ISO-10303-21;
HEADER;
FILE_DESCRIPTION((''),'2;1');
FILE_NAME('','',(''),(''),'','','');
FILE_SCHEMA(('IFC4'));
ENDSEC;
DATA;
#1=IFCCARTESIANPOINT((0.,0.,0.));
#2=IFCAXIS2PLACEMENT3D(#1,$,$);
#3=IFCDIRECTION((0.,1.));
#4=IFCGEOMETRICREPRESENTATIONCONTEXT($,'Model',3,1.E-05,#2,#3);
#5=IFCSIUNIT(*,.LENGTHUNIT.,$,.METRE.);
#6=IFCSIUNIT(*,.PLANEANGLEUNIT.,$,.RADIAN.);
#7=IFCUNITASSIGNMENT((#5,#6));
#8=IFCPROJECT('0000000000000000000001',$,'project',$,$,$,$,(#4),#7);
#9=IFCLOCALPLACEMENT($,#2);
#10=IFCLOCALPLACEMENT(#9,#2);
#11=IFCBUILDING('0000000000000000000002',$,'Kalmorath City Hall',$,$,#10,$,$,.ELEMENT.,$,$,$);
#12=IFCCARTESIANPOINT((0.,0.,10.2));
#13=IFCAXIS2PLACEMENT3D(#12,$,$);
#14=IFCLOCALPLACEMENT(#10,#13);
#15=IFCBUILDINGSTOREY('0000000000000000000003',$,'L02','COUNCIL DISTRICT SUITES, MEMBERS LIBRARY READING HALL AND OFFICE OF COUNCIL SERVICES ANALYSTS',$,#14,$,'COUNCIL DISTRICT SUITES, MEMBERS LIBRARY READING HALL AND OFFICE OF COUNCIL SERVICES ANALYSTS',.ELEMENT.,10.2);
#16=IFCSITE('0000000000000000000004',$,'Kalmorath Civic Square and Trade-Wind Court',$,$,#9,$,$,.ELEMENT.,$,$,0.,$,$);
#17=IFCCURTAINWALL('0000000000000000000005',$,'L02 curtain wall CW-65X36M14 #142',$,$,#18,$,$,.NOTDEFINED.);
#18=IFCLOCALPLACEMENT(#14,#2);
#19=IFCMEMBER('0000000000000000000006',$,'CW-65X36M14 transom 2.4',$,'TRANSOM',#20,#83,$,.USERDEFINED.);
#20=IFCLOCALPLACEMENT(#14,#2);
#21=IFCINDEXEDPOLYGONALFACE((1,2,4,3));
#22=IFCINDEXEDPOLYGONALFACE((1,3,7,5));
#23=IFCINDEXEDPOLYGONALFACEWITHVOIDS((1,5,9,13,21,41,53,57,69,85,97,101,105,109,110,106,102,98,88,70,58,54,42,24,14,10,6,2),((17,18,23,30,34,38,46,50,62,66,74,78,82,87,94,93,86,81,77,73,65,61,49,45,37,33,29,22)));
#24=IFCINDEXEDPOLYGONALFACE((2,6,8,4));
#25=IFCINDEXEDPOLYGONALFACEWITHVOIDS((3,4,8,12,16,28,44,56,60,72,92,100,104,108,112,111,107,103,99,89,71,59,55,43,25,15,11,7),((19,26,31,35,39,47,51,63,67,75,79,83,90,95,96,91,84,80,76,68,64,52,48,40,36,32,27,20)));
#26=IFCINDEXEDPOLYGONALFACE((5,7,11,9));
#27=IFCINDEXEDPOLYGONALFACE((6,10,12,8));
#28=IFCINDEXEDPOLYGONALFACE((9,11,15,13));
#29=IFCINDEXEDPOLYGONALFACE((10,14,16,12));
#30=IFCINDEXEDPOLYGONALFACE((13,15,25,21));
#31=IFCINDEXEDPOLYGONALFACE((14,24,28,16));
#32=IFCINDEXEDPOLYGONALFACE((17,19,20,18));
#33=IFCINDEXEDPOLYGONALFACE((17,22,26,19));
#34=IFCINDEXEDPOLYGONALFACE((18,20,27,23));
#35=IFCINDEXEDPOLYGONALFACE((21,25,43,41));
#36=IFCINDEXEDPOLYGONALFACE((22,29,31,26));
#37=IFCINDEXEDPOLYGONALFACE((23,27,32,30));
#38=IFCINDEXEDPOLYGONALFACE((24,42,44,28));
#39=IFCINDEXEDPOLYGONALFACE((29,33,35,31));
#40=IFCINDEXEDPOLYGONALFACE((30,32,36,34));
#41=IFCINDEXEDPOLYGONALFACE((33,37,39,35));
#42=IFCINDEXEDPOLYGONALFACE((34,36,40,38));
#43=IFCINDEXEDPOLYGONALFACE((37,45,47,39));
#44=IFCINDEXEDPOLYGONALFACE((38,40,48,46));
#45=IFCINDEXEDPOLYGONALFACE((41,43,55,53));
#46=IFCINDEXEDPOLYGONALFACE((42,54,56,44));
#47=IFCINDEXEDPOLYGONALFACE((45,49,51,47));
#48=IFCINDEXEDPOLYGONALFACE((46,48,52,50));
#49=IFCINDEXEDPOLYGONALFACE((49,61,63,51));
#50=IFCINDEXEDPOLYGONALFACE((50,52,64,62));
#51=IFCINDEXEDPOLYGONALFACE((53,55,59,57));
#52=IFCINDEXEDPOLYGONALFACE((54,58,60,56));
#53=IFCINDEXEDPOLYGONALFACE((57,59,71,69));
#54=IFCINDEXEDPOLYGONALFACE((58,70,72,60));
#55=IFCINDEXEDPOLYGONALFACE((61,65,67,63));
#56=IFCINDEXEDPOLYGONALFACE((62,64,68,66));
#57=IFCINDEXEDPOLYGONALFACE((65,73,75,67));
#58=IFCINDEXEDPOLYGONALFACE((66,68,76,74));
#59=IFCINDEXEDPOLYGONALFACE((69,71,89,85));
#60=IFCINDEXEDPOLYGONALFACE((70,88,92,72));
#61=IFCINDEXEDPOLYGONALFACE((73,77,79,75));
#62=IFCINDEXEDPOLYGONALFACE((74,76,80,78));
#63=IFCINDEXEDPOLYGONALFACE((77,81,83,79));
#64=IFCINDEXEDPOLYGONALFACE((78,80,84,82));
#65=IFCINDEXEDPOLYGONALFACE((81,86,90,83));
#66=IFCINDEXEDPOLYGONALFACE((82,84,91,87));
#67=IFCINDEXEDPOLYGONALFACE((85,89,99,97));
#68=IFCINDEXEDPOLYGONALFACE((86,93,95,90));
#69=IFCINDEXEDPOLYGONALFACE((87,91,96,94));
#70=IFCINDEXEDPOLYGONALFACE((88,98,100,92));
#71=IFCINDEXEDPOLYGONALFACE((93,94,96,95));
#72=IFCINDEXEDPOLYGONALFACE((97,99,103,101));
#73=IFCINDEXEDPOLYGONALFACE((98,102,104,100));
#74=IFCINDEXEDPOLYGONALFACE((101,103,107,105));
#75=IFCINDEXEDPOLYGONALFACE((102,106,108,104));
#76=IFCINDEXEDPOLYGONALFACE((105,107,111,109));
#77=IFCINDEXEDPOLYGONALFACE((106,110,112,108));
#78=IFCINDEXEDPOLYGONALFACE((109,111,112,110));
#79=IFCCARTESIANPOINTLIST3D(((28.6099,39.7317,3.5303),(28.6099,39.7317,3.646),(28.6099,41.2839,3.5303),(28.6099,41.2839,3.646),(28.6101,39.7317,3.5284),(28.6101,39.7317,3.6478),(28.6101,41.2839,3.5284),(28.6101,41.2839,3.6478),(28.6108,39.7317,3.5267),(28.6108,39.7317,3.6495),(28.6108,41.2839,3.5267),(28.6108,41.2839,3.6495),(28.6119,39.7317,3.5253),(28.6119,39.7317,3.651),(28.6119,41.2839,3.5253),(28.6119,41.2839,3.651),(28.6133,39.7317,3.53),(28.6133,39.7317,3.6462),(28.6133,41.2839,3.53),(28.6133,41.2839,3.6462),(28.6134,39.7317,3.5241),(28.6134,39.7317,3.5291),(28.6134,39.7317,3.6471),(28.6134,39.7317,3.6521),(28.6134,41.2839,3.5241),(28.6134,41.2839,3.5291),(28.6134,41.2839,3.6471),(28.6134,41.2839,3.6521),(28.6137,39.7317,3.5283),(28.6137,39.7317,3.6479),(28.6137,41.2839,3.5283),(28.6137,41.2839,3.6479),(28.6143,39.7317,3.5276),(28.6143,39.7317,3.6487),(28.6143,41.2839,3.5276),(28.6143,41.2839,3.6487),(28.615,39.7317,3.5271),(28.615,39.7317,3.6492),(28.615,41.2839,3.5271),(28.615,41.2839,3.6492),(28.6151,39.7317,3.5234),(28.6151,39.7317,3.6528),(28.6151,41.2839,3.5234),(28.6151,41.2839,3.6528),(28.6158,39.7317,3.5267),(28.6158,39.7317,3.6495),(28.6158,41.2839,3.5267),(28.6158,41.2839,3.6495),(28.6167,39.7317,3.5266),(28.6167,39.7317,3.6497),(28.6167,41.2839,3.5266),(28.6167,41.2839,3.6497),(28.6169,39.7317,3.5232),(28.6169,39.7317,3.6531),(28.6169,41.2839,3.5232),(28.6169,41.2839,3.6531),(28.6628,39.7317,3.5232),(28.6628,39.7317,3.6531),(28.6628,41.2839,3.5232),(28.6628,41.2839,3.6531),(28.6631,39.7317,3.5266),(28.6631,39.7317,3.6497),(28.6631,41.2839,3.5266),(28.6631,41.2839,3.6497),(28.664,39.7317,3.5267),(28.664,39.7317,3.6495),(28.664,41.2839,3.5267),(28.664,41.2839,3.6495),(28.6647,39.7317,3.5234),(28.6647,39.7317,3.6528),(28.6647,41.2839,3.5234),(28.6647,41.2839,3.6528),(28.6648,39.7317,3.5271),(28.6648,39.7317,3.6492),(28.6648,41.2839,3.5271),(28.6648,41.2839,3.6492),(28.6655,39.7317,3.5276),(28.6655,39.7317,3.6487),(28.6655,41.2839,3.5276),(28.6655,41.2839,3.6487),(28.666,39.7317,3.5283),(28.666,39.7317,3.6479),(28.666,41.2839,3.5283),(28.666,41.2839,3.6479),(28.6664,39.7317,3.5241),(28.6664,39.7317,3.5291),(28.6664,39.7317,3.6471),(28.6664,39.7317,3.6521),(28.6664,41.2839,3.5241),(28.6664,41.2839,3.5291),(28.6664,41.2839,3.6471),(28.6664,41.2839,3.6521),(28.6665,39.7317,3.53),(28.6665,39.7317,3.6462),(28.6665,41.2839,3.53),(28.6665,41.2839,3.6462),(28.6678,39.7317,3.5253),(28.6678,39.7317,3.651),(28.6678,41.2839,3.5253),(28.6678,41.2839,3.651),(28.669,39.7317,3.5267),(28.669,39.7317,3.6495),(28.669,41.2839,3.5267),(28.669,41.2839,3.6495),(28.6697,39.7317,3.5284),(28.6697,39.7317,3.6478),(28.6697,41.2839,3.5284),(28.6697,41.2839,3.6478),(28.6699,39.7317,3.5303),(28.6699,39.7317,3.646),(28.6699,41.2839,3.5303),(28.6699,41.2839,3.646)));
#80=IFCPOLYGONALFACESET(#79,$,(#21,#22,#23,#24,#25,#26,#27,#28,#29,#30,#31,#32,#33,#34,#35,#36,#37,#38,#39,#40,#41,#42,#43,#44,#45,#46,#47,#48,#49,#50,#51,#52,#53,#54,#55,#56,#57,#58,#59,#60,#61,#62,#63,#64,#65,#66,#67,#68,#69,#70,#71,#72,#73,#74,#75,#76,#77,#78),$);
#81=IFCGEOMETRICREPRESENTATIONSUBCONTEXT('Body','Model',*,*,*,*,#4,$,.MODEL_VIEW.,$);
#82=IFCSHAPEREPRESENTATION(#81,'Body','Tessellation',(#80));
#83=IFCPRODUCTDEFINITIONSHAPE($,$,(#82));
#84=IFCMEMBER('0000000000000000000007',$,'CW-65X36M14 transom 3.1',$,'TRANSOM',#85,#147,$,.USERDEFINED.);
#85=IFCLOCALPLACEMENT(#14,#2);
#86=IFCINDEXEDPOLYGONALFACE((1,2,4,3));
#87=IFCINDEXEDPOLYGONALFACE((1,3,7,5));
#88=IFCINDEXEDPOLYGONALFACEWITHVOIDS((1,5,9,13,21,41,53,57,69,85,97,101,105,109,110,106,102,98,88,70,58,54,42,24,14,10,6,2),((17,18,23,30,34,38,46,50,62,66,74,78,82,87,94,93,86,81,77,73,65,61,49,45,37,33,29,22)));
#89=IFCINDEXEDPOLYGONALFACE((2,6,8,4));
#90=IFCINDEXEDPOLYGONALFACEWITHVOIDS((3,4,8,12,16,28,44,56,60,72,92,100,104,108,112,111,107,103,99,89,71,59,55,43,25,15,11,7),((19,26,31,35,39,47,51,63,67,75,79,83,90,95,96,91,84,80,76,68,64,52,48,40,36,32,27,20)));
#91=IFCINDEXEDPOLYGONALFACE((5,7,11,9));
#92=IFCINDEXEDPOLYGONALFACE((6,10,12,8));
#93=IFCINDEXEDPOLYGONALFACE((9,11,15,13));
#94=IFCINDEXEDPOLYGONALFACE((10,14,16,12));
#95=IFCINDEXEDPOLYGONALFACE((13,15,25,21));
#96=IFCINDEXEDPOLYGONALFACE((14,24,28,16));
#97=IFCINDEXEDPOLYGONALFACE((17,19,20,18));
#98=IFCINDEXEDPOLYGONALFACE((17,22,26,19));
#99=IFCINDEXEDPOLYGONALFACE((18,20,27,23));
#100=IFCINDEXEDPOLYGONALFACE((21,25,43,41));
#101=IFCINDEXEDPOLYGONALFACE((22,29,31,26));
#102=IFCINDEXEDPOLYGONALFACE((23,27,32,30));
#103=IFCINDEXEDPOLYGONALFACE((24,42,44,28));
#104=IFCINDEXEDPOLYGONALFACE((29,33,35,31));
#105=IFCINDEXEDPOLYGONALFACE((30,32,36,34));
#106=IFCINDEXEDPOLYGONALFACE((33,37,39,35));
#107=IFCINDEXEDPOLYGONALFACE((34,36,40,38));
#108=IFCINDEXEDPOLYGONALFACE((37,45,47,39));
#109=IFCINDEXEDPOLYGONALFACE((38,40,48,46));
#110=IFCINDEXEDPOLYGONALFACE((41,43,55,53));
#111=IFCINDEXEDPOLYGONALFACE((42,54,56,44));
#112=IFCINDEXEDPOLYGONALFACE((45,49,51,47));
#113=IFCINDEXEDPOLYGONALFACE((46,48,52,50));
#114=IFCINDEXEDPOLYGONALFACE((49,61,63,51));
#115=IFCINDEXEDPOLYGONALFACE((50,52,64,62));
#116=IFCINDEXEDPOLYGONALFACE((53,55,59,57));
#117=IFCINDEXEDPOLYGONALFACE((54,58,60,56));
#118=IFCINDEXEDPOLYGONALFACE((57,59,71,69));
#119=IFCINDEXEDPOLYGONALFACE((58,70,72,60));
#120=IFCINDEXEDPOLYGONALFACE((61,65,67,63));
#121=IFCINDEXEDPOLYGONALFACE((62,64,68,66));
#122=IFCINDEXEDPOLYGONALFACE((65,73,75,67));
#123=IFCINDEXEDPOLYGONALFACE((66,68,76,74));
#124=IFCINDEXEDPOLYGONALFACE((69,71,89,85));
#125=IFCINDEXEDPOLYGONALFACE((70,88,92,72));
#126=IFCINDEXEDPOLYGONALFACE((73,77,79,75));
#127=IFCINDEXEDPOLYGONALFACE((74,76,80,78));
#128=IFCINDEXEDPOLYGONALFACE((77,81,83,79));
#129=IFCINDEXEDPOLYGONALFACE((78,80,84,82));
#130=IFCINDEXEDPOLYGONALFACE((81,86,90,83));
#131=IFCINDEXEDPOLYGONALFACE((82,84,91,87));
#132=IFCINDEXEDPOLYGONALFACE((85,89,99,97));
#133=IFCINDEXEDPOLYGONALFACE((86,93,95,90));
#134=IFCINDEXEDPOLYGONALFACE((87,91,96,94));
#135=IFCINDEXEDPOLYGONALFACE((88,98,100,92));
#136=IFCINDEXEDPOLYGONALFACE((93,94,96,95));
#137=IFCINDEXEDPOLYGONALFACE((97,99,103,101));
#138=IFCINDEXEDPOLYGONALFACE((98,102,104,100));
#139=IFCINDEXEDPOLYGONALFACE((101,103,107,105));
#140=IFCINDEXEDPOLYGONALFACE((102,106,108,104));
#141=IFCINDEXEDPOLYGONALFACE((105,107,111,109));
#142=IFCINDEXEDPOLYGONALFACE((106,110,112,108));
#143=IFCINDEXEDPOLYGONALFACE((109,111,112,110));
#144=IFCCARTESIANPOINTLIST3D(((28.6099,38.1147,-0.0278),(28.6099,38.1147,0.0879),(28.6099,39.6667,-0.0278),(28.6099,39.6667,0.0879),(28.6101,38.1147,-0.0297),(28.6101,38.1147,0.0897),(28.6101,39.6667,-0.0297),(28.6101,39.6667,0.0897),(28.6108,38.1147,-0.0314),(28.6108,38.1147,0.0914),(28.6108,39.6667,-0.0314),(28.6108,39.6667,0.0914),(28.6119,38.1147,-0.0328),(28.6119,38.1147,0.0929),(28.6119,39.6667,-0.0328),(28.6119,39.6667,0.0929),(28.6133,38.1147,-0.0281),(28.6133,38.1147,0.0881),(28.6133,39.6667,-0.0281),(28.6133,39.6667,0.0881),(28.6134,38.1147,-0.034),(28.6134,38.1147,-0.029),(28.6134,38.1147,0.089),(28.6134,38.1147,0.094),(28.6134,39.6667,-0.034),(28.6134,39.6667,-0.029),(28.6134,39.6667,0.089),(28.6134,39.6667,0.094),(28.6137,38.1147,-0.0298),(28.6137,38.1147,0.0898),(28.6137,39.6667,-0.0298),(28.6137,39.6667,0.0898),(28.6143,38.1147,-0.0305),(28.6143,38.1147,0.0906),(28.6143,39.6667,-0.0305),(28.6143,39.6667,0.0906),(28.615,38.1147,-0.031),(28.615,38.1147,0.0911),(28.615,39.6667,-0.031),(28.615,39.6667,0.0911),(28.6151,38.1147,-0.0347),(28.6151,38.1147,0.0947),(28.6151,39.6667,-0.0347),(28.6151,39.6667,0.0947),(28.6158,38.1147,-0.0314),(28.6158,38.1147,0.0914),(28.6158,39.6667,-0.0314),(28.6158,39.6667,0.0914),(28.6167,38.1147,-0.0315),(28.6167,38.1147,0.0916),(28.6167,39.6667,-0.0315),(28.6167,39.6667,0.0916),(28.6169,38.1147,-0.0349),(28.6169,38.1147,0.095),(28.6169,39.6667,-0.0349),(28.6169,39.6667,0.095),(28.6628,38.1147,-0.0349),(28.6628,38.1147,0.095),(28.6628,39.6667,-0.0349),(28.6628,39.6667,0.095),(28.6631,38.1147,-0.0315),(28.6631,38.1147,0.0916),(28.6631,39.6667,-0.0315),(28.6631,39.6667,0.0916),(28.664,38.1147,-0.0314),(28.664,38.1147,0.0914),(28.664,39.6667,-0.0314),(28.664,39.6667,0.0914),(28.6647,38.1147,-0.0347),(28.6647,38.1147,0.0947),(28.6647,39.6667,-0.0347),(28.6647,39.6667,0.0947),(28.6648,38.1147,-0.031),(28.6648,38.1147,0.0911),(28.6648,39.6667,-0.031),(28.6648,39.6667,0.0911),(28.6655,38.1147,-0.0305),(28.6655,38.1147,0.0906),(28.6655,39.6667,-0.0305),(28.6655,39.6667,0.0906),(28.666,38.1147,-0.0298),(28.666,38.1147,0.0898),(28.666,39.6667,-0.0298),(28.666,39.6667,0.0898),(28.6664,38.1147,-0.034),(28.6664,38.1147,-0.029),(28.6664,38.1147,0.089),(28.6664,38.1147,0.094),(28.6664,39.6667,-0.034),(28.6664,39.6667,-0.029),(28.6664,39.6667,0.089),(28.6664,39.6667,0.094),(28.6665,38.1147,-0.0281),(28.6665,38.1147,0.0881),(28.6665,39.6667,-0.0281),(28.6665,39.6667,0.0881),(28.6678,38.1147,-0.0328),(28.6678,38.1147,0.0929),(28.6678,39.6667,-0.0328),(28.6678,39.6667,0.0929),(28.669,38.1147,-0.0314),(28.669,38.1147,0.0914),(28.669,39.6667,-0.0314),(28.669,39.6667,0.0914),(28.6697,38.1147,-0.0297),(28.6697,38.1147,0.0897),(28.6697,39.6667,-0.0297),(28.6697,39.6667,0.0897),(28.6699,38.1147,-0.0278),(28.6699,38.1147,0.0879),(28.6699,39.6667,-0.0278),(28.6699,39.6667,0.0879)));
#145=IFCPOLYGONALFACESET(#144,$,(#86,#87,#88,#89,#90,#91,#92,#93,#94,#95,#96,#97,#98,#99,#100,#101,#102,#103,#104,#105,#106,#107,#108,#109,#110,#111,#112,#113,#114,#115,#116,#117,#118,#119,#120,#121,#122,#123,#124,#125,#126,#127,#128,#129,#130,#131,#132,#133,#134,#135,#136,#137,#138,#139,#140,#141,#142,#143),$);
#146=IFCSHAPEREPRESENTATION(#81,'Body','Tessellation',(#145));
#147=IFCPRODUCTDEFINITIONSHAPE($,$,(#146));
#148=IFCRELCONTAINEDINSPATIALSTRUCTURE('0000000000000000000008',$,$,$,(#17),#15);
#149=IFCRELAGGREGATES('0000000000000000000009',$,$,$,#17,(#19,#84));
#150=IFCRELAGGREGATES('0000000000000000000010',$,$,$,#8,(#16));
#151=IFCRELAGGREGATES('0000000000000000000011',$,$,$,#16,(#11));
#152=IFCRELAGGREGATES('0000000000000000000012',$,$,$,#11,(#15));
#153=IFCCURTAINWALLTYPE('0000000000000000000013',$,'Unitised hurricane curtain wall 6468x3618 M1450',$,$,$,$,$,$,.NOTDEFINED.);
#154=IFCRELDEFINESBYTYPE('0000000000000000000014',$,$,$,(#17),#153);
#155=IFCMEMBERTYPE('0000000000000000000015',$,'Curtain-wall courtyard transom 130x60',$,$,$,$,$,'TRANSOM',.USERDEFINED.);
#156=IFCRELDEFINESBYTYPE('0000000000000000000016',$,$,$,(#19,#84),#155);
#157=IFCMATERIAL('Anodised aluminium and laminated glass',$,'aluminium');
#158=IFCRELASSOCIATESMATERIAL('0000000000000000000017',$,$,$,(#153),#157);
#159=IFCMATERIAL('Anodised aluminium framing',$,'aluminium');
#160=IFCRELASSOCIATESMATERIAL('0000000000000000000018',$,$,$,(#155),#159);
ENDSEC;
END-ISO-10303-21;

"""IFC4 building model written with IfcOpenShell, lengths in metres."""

from ifc_helpers import new_model, si_unit, direction, frame, origin, origin_2d, place, context, subcontext, project, spatial, hollow_rectangle, extrude, material, material_profile, profile_set, type_object, element, aggregate, save


model = new_model("IFC4")

# Units and contexts
model_context = context("Model", 3, precision=1e-05, world=origin(), true_north=direction((0.0, 1.0)))
body_context = subcontext(model_context, "Body", "Model", "MODEL_VIEW")
ifc_project = project(units=[si_unit("LENGTHUNIT", "METRE"), si_unit("PLANEANGLEUNIT", "RADIAN")], contexts=[model_context])

# Site, building, storey
site_placement = place(None, origin())
site = spatial("IfcSite", under=ifc_project, at=site_placement, Name="Kalmorath Civic Square and Trade-Wind Court", CompositionType="ELEMENT", RefElevation=0.0)
building_placement = place(site_placement, origin())
building = spatial("IfcBuilding", under=site, at=building_placement, Name="Kalmorath City Hall", CompositionType="ELEMENT")
storey_placement = place(building_placement, frame((0.0, 0.0, 10.2)))
storey = spatial("IfcBuildingStorey", under=building, at=storey_placement, Name="L02", Description="COUNCIL DISTRICT SUITES, MEMBERS LIBRARY READING HALL AND OFFICE OF COUNCIL SERVICES ANALYSTS", LongName="COUNCIL DISTRICT SUITES, MEMBERS LIBRARY READING HALL AND OFFICE OF COUNCIL SERVICES ANALYSTS", CompositionType="ELEMENT", Elevation=10.2)

# Curtain wall, members
ifc_material_1 = material(Name="Anodised aluminium and laminated glass", Category="aluminium")
curtain_wall_type = type_object("IfcCurtainWallType", Name="Unitised hurricane curtain wall 6468x3618 M1450", PredefinedType="NOTDEFINED", material=ifc_material_1)
curtain_wall_placement = place(storey_placement, origin())
curtain_wall = element("IfcCurtainWall", 1, at=curtain_wall_placement, inside=storey, type_object=curtain_wall_type, Name="L02 curtain wall CW-65X36M14 #142", PredefinedType="NOTDEFINED")
ifc_material_2 = material(Name="Anodised aluminium framing", Category="aluminium")
ifc_material_profile_1 = material_profile(ifc_material_2, hollow_rectangle(XDim=0.0601, YDim=0.1299, WallThickness=0.0034, InnerFilletRadius=0.0034, OuterFilletRadius=0.0071, at=origin_2d()), Name="ALU-TRN-130X60X3.5")
ifc_profile_set_1 = profile_set([ifc_material_profile_1], Name="Anodised aluminium framing")
member_type_1 = type_object("IfcMemberType", Name="Curtain-wall courtyard transom 130x60", ElementType="TRANSOM", PredefinedType="USERDEFINED", material=ifc_profile_set_1)
member_1_placement = place(storey_placement, frame((28.6399, 41.2839, 3.5881), z_axis=(0.0, -1.0, 0.0), x_axis=(1.0, 0.0, 0.0)))
member_1 = element("IfcMember", 2, at=member_1_placement, type_object=member_type_1, Name="CW-65X36M14 transom 2.4", ObjectType="TRANSOM", PredefinedType="USERDEFINED", context=body_context, shape_type="SweptSolid", body=[
    extrude(hollow_rectangle(XDim=0.0601, YDim=0.1299, WallThickness=0.0034, InnerFilletRadius=0.0034, OuterFilletRadius=0.0071, at=origin_2d()), origin(), (0.0, 0.0, 1.0), 1.5522),
])
member_2_placement = place(storey_placement, frame((28.6399, 39.6667, 0.03), z_axis=(0.0, -1.0, 0.0), x_axis=(1.0, 0.0, 0.0)))
member_2 = element("IfcMember", 3, at=member_2_placement, type_object=member_type_1, Name="CW-65X36M14 transom 3.1", ObjectType="TRANSOM", PredefinedType="USERDEFINED", context=body_context, shape_type="SweptSolid", body=[
    extrude(hollow_rectangle(XDim=0.0601, YDim=0.1299, WallThickness=0.0034, InnerFilletRadius=0.0034, OuterFilletRadius=0.0071, at=origin_2d()), origin(), (0.0, 0.0, 1.0), 1.552),
])

aggregate(curtain_wall, [member_1, member_2])

save(model, "model.ifc")
